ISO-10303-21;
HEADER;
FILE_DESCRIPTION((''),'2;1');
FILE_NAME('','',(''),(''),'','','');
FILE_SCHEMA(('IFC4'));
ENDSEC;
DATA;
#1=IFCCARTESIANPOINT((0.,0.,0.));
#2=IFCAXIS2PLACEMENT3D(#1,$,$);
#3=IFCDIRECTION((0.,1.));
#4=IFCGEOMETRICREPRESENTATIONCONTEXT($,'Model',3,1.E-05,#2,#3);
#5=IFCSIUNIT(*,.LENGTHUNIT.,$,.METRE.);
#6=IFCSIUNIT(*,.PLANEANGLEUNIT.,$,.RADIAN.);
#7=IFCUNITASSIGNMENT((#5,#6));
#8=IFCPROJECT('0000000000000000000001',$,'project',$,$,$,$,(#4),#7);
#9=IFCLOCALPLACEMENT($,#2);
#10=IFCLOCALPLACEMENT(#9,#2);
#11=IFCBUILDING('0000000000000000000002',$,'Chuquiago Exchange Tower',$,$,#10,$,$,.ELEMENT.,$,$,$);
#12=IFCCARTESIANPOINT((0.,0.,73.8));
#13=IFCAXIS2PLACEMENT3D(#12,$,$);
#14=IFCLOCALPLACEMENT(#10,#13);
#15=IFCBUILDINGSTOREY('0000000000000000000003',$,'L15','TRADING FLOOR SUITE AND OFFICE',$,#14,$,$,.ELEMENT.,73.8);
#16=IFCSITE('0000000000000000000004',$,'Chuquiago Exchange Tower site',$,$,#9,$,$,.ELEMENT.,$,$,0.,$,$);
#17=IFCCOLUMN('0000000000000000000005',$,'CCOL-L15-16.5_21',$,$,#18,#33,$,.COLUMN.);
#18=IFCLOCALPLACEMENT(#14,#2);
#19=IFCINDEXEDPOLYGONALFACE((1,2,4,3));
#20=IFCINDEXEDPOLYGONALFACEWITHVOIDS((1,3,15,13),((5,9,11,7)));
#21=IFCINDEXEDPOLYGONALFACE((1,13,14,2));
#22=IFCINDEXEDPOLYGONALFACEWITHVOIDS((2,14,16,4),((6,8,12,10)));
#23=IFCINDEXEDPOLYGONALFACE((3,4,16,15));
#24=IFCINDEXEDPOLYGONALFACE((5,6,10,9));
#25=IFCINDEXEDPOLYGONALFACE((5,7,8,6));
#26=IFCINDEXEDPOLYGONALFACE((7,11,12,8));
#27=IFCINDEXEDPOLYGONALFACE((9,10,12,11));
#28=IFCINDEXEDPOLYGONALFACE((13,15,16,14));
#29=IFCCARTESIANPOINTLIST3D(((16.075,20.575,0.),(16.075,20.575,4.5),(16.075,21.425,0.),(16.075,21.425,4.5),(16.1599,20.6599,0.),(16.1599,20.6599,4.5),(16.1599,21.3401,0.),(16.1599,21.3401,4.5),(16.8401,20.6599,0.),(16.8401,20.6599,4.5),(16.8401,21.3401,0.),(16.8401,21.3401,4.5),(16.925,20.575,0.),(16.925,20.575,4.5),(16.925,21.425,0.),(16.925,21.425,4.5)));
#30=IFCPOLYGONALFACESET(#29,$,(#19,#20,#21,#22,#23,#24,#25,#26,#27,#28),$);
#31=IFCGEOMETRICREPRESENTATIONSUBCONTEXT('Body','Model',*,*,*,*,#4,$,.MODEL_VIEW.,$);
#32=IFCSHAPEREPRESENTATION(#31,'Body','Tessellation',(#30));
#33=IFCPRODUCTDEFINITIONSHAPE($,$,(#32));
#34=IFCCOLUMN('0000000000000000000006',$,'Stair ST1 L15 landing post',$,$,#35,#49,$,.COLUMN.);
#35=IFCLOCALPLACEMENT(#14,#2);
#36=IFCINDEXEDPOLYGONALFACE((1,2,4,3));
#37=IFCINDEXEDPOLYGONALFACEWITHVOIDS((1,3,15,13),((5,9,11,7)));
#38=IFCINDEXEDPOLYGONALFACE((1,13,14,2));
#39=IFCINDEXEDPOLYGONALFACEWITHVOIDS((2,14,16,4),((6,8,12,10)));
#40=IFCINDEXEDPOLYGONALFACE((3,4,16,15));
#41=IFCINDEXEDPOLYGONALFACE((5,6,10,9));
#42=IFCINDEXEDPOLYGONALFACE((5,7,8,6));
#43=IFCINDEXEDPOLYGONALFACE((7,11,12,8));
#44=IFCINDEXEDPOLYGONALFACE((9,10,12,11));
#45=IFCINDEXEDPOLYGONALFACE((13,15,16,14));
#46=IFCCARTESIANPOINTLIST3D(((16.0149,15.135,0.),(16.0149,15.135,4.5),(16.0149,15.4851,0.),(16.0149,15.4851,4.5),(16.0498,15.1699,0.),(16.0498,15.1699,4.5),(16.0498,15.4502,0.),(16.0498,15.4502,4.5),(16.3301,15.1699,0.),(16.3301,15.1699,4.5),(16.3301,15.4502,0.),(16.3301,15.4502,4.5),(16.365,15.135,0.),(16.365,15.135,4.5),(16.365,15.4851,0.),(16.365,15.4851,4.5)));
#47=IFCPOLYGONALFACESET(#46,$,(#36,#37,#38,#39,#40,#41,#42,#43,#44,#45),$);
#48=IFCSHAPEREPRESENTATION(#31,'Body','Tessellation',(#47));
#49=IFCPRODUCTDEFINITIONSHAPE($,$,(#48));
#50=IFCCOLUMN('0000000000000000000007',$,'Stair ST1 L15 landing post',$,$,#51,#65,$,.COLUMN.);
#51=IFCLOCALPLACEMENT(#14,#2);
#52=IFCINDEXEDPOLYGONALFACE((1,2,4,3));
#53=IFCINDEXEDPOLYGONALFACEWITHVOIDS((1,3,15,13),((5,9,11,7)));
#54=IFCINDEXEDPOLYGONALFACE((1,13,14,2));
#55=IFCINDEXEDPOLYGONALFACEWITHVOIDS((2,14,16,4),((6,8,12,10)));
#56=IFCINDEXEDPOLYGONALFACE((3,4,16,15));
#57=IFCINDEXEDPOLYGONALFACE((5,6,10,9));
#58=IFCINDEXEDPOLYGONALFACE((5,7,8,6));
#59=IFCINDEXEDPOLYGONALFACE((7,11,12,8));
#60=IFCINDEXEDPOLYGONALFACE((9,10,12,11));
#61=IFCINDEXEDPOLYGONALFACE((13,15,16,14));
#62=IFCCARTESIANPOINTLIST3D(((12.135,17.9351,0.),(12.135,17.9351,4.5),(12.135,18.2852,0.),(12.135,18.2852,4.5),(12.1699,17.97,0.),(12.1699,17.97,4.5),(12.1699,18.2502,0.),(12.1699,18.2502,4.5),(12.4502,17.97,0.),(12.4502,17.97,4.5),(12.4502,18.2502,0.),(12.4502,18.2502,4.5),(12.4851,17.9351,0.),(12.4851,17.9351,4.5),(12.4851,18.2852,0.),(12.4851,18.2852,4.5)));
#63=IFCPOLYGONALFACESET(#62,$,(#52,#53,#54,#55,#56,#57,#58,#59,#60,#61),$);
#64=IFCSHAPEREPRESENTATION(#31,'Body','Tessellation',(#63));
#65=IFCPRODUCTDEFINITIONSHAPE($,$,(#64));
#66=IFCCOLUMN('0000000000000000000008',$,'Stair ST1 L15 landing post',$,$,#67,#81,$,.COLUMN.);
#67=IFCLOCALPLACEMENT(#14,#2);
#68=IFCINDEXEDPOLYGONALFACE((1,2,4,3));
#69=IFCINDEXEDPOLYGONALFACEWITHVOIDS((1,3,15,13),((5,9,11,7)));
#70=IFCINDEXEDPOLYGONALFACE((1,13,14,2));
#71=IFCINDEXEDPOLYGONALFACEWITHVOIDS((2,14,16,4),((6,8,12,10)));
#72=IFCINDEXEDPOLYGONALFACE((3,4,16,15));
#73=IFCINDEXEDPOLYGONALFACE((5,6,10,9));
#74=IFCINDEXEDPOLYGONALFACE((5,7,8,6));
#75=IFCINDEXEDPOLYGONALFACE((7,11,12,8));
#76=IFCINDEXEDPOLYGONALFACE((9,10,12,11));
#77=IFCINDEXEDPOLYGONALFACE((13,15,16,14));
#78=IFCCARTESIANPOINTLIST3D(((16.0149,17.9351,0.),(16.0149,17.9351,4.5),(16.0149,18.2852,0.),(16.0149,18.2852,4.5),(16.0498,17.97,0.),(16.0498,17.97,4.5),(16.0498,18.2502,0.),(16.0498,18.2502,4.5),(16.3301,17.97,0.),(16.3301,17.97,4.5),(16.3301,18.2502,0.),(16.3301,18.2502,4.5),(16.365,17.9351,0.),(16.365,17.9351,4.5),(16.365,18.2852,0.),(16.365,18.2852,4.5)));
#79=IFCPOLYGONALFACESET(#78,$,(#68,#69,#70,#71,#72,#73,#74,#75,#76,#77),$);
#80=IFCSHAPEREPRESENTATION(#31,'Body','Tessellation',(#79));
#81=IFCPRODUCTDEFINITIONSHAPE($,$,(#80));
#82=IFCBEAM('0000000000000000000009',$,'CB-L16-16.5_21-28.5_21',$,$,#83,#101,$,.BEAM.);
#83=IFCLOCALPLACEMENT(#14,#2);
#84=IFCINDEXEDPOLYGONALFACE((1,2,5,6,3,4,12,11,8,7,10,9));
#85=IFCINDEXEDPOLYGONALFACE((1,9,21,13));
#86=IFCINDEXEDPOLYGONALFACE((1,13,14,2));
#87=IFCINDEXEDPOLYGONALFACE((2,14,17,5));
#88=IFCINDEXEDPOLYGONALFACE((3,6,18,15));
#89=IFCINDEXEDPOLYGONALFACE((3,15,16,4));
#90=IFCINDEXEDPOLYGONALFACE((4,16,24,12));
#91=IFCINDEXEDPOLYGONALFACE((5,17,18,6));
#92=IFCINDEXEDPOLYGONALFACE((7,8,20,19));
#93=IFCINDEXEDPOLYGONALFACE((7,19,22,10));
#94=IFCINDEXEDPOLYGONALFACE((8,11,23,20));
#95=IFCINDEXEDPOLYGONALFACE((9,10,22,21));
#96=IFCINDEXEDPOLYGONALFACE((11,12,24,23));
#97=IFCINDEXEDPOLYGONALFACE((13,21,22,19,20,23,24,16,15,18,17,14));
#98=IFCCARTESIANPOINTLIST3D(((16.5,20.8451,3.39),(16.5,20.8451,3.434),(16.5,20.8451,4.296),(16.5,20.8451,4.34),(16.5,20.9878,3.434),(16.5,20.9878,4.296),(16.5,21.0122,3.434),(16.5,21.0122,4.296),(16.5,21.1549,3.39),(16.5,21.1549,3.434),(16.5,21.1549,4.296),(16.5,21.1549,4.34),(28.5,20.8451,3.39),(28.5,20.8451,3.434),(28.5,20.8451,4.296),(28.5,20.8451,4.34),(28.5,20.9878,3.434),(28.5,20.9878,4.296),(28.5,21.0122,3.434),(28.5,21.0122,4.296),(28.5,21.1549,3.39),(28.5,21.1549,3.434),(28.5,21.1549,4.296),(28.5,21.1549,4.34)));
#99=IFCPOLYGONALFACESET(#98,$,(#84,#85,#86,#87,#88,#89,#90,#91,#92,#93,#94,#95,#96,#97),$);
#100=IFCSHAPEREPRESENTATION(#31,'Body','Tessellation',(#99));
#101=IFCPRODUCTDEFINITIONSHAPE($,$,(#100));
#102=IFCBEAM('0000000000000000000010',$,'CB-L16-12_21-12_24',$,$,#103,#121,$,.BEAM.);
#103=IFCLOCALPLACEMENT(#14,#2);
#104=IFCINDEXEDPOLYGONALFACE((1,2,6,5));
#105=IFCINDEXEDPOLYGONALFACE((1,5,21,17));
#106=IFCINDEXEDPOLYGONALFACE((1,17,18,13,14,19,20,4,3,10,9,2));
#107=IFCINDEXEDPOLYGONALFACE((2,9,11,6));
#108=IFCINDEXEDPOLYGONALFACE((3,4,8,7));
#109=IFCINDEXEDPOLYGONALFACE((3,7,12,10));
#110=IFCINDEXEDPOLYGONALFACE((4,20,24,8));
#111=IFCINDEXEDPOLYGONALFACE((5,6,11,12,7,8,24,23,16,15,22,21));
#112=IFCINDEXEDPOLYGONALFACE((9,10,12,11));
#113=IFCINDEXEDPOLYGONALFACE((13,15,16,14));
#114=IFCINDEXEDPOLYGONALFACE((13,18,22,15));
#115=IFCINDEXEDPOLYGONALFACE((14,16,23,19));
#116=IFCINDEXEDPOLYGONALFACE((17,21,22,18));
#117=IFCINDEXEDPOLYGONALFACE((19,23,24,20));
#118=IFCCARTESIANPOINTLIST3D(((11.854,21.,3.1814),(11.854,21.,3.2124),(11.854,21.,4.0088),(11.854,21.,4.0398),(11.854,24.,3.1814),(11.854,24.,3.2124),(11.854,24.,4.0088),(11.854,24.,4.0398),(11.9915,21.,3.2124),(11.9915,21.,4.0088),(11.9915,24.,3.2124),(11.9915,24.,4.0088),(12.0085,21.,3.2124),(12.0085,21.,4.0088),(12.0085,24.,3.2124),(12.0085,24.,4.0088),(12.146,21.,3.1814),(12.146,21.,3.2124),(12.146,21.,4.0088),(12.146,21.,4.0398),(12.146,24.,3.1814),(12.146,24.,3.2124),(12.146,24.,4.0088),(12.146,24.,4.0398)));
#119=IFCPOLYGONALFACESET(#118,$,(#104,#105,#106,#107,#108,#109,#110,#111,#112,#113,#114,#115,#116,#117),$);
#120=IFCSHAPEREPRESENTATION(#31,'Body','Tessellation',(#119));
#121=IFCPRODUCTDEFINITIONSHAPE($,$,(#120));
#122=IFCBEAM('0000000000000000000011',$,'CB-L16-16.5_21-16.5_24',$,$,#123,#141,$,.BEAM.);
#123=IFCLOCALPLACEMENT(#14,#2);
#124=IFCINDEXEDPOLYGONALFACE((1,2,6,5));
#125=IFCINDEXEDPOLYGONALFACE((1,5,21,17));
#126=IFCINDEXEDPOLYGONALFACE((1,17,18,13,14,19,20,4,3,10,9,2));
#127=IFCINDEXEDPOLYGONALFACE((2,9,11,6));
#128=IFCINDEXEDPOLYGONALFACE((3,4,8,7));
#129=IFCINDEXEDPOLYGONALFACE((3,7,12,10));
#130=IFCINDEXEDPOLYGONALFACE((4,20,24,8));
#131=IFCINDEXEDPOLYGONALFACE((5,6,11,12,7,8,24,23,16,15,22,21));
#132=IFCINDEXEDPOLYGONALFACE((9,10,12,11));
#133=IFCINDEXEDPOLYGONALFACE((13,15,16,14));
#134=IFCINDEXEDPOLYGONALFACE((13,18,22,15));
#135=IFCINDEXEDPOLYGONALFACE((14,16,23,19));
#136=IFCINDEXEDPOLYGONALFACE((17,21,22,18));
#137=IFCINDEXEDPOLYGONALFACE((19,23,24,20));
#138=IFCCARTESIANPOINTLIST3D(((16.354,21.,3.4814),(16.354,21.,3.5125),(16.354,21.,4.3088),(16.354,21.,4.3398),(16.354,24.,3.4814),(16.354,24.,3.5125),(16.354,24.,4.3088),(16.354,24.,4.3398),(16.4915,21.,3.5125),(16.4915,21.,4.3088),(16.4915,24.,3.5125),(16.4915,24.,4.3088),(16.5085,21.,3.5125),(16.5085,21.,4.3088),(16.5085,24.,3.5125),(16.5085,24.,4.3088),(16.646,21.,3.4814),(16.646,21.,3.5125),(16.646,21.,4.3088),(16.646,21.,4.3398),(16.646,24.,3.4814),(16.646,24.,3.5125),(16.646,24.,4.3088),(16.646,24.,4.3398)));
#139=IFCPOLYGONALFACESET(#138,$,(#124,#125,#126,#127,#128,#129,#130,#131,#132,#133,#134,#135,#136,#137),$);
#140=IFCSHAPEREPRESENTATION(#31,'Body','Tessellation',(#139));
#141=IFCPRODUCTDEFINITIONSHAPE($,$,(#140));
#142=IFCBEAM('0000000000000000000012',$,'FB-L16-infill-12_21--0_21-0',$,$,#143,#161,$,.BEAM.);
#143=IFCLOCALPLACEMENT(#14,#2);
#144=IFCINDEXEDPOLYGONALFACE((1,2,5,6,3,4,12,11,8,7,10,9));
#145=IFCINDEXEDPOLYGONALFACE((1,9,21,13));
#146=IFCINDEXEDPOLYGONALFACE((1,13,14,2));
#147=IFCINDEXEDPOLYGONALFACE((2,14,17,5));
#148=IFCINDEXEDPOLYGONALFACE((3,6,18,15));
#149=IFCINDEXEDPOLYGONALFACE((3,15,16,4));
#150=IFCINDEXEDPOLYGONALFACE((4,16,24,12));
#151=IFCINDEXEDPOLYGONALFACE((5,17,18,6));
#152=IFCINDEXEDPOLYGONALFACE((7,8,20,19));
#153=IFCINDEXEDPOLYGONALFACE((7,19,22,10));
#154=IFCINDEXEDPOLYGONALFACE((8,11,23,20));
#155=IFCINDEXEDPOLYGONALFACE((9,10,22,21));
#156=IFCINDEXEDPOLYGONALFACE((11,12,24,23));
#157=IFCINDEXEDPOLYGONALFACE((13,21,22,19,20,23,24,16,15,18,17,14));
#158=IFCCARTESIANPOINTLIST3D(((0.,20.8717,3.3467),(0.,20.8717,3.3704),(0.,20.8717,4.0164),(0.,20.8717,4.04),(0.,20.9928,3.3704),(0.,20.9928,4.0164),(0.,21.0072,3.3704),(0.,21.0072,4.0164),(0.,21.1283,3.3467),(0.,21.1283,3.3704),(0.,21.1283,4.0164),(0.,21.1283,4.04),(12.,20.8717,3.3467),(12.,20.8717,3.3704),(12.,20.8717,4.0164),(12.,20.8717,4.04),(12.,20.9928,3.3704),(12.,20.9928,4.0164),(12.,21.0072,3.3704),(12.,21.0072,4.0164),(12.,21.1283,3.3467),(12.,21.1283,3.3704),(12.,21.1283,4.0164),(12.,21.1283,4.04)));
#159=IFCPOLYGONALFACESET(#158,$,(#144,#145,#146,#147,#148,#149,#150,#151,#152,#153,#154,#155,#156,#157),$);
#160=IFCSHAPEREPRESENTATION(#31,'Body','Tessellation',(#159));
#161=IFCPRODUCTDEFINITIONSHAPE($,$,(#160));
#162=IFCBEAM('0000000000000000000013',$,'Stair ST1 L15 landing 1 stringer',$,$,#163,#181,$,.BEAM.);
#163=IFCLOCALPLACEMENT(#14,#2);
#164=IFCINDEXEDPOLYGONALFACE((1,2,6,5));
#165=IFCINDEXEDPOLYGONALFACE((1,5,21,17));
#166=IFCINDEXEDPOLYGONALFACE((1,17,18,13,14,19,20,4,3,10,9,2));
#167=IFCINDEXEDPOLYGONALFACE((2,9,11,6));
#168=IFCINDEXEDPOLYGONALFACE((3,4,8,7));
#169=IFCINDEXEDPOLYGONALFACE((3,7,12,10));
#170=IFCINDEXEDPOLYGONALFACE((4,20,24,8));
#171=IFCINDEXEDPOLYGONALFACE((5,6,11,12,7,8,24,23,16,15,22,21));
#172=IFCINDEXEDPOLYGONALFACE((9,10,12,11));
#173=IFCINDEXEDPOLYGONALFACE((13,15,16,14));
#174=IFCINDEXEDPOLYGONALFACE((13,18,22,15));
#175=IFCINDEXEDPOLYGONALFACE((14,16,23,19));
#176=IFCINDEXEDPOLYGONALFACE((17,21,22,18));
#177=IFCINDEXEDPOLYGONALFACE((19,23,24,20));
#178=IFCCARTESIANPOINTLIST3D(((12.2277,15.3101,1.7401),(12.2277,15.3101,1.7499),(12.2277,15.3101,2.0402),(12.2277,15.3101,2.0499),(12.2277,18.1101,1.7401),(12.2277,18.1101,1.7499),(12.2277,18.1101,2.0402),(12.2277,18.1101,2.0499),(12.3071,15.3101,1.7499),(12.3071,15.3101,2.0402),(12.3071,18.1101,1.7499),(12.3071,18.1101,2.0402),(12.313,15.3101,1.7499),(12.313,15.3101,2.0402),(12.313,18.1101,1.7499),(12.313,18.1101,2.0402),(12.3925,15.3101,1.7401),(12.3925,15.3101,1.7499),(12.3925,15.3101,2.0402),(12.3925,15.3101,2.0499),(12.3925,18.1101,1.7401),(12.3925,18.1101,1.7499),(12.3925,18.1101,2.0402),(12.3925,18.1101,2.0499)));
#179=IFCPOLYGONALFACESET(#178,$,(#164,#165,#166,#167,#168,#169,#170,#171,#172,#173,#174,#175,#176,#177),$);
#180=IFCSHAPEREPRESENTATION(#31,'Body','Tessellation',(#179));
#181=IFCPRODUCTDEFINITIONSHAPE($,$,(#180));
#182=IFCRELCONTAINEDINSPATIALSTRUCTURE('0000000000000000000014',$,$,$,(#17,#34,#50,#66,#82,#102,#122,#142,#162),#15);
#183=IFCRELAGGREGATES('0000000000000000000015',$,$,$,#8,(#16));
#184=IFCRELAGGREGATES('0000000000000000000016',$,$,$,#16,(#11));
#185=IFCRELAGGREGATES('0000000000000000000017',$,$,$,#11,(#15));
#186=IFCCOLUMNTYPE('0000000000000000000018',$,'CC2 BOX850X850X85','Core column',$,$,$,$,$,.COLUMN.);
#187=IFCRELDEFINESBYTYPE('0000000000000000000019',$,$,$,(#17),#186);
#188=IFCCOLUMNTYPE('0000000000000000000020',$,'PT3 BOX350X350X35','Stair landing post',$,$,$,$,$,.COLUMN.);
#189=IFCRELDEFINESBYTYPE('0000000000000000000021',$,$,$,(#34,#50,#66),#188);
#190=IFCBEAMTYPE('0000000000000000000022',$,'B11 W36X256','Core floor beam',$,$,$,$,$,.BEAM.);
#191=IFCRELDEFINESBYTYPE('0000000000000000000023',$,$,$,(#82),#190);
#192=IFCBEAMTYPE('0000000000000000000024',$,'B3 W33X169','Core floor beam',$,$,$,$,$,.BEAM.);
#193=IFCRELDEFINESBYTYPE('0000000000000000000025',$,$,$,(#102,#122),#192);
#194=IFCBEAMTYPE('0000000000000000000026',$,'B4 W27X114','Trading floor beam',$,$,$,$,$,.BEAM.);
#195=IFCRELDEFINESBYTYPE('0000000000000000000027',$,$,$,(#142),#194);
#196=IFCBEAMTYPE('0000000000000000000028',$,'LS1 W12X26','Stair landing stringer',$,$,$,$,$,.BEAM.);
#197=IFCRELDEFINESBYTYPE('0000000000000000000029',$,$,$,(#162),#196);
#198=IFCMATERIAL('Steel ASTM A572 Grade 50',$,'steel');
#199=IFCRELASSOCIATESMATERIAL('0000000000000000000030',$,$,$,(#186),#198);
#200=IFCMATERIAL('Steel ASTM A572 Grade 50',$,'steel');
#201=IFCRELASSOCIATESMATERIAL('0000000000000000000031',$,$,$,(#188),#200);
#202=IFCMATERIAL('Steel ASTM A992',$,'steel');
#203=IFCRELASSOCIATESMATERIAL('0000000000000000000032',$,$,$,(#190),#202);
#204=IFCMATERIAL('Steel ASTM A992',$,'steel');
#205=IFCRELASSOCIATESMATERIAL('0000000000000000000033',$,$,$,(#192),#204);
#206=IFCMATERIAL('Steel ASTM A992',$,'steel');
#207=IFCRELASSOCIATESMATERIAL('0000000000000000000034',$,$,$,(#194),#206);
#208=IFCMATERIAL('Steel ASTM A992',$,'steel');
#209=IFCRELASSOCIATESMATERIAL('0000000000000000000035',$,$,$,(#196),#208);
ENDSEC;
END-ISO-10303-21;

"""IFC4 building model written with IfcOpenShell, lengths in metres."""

from ifc_helpers import new_model, si_unit, direction, frame, origin, origin_2d, place, context, subcontext, project, spatial, hollow_rectangle, i_section, extrude, material, material_profile, profile_set, type_object, element, save


model = new_model("IFC4")

# Units and contexts
model_context = context("Model", 3, precision=1e-05, world=origin(), true_north=direction((0.0, 1.0)))
body_context = subcontext(model_context, "Body", "Model", "MODEL_VIEW")
ifc_project = project(units=[si_unit("LENGTHUNIT", "METRE"), si_unit("PLANEANGLEUNIT", "RADIAN")], contexts=[model_context])

# Site, building, storey
site_placement = place(None, origin())
site = spatial("IfcSite", under=ifc_project, at=site_placement, Name="Chuquiago Exchange Tower site", CompositionType="ELEMENT", RefElevation=0.0)
building_placement = place(site_placement, origin())
building = spatial("IfcBuilding", under=site, at=building_placement, Name="Chuquiago Exchange Tower", CompositionType="ELEMENT")
storey_placement = place(building_placement, frame((0.0, 0.0, 73.8)))
storey = spatial("IfcBuildingStorey", under=building, at=storey_placement, Name="L15", Description="TRADING FLOOR SUITE AND OFFICE", CompositionType="ELEMENT", Elevation=73.8)

# Columns
ifc_material_1 = material(Name="Steel ASTM A572 Grade 50", Category="steel")
ifc_material_profile_1 = material_profile(ifc_material_1, hollow_rectangle(XDim=0.8501, YDim=0.8501, WallThickness=0.085, at=origin_2d()), Name="BOX850X850X85")
ifc_profile_set_1 = profile_set([ifc_material_profile_1], Name="Steel ASTM A572 Grade 50")
column_type_1 = type_object("IfcColumnType", Name="CC2 BOX850X850X85", Description="Core column", PredefinedType="COLUMN", material=ifc_profile_set_1)
column_placement = place(storey_placement, frame((16.5, 21.0, 0.0), z_axis=(0.0, 0.0, 1.0), x_axis=(1.0, 0.0, 0.0)))
element("IfcColumn", 1, at=column_placement, inside=storey, type_object=column_type_1, Name="CCOL-L15-16.5_21", PredefinedType="COLUMN", context=body_context, shape_type="SweptSolid", body=[
    extrude(hollow_rectangle(XDim=0.8501, YDim=0.8501, WallThickness=0.085, at=origin_2d()), origin(), (0.0, 0.0, 1.0), 4.5),
])
ifc_material_2 = material(Name="Steel ASTM A572 Grade 50", Category="steel")
ifc_material_profile_2 = material_profile(ifc_material_2, hollow_rectangle(XDim=0.3501, YDim=0.3501, WallThickness=0.0349, at=origin_2d()), Name="BOX350X350X35")
ifc_profile_set_2 = profile_set([ifc_material_profile_2], Name="Steel ASTM A572 Grade 50")
column_type_2 = type_object("IfcColumnType", Name="PT3 BOX350X350X35", Description="Stair landing post", PredefinedType="COLUMN", material=ifc_profile_set_2)
for number, where, z_axis, x_axis, name in (
    (2, (16.1899, 15.3101, 0.0), (0.0, 0.0, 1.0), (1.0, 0.0, 0.0), "Stair ST1 L15 landing post"),
    (3, (12.3101, 18.1101, 0.0), (0.0, 0.0, 1.0), (1.0, 0.0, 0.0), "Stair ST1 L15 landing post"),
    (4, (16.1899, 18.1101, 0.0), (0.0, 0.0, 1.0), (1.0, 0.0, 0.0), "Stair ST1 L15 landing post"),
):
    element("IfcColumn", number, at=place(storey_placement, frame(where, z_axis=z_axis, x_axis=x_axis)), inside=storey, type_object=column_type_2, Name=name, PredefinedType="COLUMN", context=body_context, shape_type="SweptSolid", body=[
        extrude(hollow_rectangle(XDim=0.3501, YDim=0.3501, WallThickness=0.0349, at=origin_2d()), origin(), (0.0, 0.0, 1.0), 4.5),
    ])

# Beams
ifc_material_3 = material(Name="Steel ASTM A992", Category="steel")
ifc_material_profile_3 = material_profile(ifc_material_3, i_section(OverallWidth=0.3098, OverallDepth=0.95, WebThickness=0.0244, FlangeThickness=0.0439, at=origin_2d()), Name="W36X256")
ifc_profile_set_3 = profile_set([ifc_material_profile_3], Name="Steel ASTM A992")
beam_type_1 = type_object("IfcBeamType", Name="B11 W36X256", Description="Core floor beam", PredefinedType="BEAM", material=ifc_profile_set_3)
beam_1_placement = place(storey_placement, frame((16.5, 21.0, 3.865), z_axis=(1.0, 0.0, 0.0), x_axis=(0.0, 1.0, 0.0)))
element("IfcBeam", 5, at=beam_1_placement, inside=storey, type_object=beam_type_1, Name="CB-L16-16.5_21-28.5_21", PredefinedType="BEAM", context=body_context, shape_type="SweptSolid", body=[
    extrude(i_section(OverallWidth=0.3098, OverallDepth=0.95, WebThickness=0.0244, FlangeThickness=0.0439, at=origin_2d()), origin(), (0.0, 0.0, 1.0), 12.0),
])
ifc_material_4 = material(Name="Steel ASTM A992", Category="steel")
ifc_material_profile_4 = material_profile(ifc_material_4, i_section(OverallWidth=0.292, OverallDepth=0.8584, WebThickness=0.0171, FlangeThickness=0.031, at=origin_2d()), Name="W33X169")
ifc_profile_set_4 = profile_set([ifc_material_profile_4], Name="Steel ASTM A992")
beam_type_2 = type_object("IfcBeamType", Name="B3 W33X169", Description="Core floor beam", PredefinedType="BEAM", material=ifc_profile_set_4)
for number, where, z_axis, x_axis, name in (
    (6, (12.0, 21.0, 3.6106), (0.0, 1.0, 0.0), (-1.0, 0.0, 0.0), "CB-L16-12_21-12_24"),
    (7, (16.5, 21.0, 3.9106), (0.0, 1.0, 0.0), (-1.0, 0.0, 0.0), "CB-L16-16.5_21-16.5_24"),
):
    element("IfcBeam", number, at=place(storey_placement, frame(where, z_axis=z_axis, x_axis=x_axis)), inside=storey, type_object=beam_type_2, Name=name, PredefinedType="BEAM", context=body_context, shape_type="SweptSolid", body=[
        extrude(i_section(OverallWidth=0.292, OverallDepth=0.8584, WebThickness=0.0171, FlangeThickness=0.031, at=origin_2d()), origin(), (0.0, 0.0, 1.0), 3.0),
    ])
ifc_material_5 = material(Name="Steel ASTM A992", Category="steel")
ifc_material_profile_5 = material_profile(ifc_material_5, i_section(OverallWidth=0.2566, OverallDepth=0.6934, WebThickness=0.0144, FlangeThickness=0.0237, at=origin_2d()), Name="W27X114")
ifc_profile_set_5 = profile_set([ifc_material_profile_5], Name="Steel ASTM A992")
beam_type_3 = type_object("IfcBeamType", Name="B4 W27X114", Description="Trading floor beam", PredefinedType="BEAM", material=ifc_profile_set_5)
beam_2_placement = place(storey_placement, frame((12.0, 21.0, 3.6934), z_axis=(-1.0, 0.0, 0.0), x_axis=(0.0, -1.0, 0.0)))
element("IfcBeam", 8, at=beam_2_placement, inside=storey, type_object=beam_type_3, Name="FB-L16-infill-12_21--0_21-0", PredefinedType="BEAM", context=body_context, shape_type="SweptSolid", body=[
    extrude(i_section(OverallWidth=0.2566, OverallDepth=0.6934, WebThickness=0.0144, FlangeThickness=0.0237, at=origin_2d()), origin(), (0.0, 0.0, 1.0), 12.0),
])
ifc_material_6 = material(Name="Steel ASTM A992", Category="steel")
ifc_material_profile_6 = material_profile(ifc_material_6, i_section(OverallWidth=0.1648, OverallDepth=0.3098, WebThickness=0.0059, FlangeThickness=0.0098, at=origin_2d()), Name="W12X26")
ifc_profile_set_6 = profile_set([ifc_material_profile_6], Name="Steel ASTM A992")
beam_type_4 = type_object("IfcBeamType", Name="LS1 W12X26", Description="Stair landing stringer", PredefinedType="BEAM", material=ifc_profile_set_6)
for number, where, z_axis, x_axis, name in (
    (9, (12.3101, 15.3101, 1.895), (0.0, 1.0, 0.0), (-1.0, 0.0, 0.0), "Stair ST1 L15 landing 1 stringer"),
):
    element("IfcBeam", number, at=place(storey_placement, frame(where, z_axis=z_axis, x_axis=x_axis)), inside=storey, type_object=beam_type_4, Name=name, PredefinedType="BEAM", context=body_context, shape_type="SweptSolid", body=[
        extrude(i_section(OverallWidth=0.1648, OverallDepth=0.3098, WebThickness=0.0059, FlangeThickness=0.0098, at=origin_2d()), origin(), (0.0, 0.0, 1.0), 2.8),
    ])

save(model, "model.ifc")
